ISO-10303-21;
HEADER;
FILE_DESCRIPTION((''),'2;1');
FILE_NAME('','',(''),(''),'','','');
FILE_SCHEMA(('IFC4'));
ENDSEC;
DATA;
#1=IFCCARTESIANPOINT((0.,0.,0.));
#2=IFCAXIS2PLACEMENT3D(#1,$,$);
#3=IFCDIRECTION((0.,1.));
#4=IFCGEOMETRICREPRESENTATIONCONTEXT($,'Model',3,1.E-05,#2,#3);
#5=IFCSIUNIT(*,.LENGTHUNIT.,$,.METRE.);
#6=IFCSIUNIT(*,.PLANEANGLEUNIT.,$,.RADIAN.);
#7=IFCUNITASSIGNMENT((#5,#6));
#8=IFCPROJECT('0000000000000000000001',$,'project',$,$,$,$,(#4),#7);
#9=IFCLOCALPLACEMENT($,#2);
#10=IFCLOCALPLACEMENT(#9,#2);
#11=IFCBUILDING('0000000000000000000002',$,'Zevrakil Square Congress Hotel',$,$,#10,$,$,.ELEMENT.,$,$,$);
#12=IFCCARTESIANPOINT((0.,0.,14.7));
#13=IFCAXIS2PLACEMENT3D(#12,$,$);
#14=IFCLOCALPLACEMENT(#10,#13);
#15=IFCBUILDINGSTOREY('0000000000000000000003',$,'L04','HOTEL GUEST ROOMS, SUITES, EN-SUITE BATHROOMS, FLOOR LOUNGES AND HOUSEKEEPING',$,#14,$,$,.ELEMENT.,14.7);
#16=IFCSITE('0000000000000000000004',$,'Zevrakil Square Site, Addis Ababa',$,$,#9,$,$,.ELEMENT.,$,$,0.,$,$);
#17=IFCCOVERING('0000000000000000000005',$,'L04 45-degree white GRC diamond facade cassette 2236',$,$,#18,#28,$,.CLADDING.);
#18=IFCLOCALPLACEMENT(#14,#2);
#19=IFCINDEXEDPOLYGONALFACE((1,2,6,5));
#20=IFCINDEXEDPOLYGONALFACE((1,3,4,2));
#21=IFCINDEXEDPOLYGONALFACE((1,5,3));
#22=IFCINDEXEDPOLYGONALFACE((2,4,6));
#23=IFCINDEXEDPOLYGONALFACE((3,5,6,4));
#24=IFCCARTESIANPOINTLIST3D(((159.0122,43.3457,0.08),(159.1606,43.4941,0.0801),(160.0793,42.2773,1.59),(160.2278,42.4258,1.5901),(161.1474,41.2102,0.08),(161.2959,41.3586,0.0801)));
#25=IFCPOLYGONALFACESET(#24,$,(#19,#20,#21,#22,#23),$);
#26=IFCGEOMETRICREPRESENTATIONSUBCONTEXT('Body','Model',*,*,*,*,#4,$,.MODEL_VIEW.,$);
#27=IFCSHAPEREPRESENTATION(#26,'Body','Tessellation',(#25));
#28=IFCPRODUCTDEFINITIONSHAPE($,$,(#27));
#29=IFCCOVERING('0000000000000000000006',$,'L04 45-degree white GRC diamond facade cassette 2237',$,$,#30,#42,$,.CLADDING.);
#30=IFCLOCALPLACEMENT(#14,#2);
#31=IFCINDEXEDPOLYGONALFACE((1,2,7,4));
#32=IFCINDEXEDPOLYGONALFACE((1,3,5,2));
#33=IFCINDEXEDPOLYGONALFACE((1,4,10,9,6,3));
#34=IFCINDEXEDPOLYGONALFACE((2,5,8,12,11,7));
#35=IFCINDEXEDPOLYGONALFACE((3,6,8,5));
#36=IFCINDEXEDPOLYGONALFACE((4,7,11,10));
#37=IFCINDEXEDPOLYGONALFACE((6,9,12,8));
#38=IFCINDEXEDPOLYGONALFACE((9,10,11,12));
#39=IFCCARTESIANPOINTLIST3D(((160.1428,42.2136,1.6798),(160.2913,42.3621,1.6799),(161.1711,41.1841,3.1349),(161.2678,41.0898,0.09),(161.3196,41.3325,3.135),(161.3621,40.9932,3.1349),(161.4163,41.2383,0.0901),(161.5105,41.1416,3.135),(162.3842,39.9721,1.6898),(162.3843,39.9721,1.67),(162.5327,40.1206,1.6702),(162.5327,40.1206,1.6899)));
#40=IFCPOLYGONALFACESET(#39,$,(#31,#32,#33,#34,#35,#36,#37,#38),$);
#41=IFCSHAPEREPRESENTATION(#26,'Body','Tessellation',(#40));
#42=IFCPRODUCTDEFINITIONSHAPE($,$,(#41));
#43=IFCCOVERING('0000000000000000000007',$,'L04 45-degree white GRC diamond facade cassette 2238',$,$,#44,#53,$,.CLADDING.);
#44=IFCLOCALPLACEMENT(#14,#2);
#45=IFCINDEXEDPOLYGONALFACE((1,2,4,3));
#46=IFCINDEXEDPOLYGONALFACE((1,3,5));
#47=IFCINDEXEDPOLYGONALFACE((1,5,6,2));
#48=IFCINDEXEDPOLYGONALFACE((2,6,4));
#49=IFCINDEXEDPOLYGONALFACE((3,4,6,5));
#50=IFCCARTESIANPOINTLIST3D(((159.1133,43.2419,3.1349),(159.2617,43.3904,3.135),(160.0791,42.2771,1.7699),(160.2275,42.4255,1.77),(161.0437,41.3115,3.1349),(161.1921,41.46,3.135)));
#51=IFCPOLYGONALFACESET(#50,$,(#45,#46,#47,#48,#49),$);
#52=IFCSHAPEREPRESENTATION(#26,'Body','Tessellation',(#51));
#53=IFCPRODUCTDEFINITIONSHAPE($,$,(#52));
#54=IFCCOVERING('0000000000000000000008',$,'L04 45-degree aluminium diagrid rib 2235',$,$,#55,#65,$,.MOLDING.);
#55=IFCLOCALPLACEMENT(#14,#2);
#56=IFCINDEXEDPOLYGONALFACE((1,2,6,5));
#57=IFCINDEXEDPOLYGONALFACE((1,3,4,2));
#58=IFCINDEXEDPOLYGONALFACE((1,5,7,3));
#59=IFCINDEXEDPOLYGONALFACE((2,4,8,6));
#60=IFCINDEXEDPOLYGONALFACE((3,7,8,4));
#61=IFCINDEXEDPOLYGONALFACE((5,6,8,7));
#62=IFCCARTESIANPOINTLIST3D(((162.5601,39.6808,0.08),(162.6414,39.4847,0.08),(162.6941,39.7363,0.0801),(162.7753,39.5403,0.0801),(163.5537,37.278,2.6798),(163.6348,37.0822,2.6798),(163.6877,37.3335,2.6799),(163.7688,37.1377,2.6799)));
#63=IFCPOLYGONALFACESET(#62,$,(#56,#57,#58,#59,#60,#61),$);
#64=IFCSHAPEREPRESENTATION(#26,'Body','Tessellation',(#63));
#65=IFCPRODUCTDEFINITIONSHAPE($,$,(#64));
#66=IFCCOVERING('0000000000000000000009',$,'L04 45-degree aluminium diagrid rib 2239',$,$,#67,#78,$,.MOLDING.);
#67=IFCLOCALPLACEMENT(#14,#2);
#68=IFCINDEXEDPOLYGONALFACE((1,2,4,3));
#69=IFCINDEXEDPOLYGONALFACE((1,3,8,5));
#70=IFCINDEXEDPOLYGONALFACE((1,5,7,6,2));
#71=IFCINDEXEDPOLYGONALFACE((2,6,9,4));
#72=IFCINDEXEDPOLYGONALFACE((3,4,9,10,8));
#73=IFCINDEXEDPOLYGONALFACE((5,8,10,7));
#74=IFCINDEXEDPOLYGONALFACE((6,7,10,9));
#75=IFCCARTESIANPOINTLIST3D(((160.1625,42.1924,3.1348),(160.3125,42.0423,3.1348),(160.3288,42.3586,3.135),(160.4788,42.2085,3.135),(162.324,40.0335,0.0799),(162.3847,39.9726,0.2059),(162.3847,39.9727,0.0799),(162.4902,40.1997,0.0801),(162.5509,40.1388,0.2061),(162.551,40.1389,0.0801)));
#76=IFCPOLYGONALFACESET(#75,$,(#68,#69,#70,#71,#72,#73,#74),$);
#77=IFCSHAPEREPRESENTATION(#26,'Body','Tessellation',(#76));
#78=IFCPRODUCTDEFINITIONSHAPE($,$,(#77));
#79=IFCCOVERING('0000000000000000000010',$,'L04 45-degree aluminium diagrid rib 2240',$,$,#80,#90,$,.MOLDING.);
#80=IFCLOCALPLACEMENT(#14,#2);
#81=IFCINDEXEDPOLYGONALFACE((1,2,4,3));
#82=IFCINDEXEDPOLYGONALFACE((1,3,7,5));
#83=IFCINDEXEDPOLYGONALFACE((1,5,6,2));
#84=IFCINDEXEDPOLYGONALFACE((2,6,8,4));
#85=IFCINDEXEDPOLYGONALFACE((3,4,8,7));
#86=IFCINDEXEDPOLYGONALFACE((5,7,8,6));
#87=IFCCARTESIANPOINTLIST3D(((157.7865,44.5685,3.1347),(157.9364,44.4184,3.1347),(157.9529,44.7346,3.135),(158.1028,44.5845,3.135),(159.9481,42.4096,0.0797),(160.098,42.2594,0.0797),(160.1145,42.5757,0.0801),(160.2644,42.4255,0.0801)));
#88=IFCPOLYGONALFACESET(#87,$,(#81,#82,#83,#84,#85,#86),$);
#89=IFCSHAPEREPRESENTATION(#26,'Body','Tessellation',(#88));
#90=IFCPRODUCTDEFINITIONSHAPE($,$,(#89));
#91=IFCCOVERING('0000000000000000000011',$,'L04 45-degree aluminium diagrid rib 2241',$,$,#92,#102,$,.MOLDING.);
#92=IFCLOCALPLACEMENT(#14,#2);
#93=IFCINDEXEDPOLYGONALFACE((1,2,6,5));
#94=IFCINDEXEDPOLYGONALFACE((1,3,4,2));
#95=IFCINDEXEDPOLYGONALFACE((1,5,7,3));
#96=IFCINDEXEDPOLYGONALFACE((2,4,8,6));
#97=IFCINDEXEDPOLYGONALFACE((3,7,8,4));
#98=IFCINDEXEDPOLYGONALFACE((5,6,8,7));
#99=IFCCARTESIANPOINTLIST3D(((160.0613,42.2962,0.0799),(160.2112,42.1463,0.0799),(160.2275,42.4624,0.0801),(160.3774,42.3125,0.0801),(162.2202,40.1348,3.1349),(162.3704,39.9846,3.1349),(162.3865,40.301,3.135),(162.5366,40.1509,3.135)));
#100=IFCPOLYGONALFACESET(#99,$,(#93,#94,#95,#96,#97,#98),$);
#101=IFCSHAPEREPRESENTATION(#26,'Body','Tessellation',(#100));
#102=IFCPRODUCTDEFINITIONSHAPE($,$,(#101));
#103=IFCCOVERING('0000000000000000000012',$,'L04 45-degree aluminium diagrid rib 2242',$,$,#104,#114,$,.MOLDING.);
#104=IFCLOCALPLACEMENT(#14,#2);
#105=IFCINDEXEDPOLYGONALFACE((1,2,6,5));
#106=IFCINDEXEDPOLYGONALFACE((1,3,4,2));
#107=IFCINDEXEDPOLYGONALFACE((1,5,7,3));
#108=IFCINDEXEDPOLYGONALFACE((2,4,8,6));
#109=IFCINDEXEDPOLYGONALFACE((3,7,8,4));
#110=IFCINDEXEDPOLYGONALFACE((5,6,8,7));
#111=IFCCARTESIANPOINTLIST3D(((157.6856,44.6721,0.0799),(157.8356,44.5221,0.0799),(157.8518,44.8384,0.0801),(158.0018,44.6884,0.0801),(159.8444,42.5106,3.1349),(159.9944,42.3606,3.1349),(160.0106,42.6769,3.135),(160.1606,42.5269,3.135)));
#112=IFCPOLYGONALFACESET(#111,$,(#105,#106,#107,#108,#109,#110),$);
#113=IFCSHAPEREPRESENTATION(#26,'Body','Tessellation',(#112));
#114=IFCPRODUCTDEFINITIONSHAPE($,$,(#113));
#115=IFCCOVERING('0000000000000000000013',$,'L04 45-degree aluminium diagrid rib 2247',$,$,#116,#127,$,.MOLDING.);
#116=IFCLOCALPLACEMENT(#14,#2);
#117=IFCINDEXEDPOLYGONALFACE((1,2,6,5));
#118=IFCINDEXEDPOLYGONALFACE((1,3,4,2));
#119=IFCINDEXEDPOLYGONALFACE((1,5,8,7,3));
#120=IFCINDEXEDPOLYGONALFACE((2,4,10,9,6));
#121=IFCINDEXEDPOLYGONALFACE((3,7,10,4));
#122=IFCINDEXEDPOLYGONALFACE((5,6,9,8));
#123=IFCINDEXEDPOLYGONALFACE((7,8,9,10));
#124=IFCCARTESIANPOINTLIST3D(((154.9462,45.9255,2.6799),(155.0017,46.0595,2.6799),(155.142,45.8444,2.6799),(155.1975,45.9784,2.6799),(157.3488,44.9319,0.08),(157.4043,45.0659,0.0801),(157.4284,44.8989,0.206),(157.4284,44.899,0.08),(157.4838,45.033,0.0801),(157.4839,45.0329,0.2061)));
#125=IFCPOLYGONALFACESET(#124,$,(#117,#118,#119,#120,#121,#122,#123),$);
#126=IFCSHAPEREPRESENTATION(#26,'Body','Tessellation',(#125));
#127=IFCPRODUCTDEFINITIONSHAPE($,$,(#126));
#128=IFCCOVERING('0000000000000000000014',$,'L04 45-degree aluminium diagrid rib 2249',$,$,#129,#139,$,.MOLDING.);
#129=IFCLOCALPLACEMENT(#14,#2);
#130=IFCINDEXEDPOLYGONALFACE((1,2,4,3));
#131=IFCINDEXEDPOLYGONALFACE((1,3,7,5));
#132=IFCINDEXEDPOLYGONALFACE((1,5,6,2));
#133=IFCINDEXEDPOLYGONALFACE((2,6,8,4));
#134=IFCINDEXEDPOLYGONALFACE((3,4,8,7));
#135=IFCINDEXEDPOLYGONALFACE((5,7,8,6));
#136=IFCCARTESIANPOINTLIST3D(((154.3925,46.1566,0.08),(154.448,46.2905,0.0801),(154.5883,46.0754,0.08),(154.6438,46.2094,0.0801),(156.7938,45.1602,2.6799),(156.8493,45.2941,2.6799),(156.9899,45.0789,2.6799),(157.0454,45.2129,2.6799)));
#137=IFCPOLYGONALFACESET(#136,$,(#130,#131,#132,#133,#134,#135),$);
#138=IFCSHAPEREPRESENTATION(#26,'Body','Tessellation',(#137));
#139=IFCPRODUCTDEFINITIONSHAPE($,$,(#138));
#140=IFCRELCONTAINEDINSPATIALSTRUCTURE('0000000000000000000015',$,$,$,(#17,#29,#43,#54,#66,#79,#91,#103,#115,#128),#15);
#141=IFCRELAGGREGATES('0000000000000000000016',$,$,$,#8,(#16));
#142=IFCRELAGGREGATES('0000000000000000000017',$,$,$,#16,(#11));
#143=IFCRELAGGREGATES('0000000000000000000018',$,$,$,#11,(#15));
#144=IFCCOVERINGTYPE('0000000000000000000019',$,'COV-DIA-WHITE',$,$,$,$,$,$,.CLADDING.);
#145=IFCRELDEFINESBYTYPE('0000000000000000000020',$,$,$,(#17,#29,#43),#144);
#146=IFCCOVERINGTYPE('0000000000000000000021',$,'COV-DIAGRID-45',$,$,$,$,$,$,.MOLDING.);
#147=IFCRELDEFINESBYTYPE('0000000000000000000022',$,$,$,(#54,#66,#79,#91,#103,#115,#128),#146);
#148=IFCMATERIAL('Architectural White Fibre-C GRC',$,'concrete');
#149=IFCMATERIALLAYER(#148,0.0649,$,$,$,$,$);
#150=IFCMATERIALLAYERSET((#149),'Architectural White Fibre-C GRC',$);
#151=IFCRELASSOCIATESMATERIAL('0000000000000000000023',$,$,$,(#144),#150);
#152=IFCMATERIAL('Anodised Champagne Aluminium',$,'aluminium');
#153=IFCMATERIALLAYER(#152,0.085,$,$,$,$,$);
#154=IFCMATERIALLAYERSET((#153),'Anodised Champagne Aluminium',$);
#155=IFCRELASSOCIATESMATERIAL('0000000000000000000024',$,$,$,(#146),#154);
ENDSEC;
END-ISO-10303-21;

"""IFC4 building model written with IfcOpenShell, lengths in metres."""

from ifc_helpers import new_model, si_unit, direction, frame, origin, place, context, subcontext, project, spatial, polyline, outline, extrude, material, layer, layer_set, type_object, element, save


model = new_model("IFC4")

# Units and contexts
model_context = context("Model", 3, precision=1e-05, world=origin(), true_north=direction((0.0, 1.0)))
body_context = subcontext(model_context, "Body", "Model", "MODEL_VIEW")
ifc_project = project(units=[si_unit("LENGTHUNIT", "METRE"), si_unit("PLANEANGLEUNIT", "RADIAN")], contexts=[model_context])

# Site, building, storey
site_placement = place(None, origin())
site = spatial("IfcSite", under=ifc_project, at=site_placement, Name="Zevrakil Square Site, Addis Ababa", CompositionType="ELEMENT", RefElevation=0.0)
building_placement = place(site_placement, origin())
building = spatial("IfcBuilding", under=site, at=building_placement, Name="Zevrakil Square Congress Hotel", CompositionType="ELEMENT")
storey_placement = place(building_placement, frame((0.0, 0.0, 14.7)))
storey = spatial("IfcBuildingStorey", under=building, at=storey_placement, Name="L04", Description="HOTEL GUEST ROOMS, SUITES, EN-SUITE BATHROOMS, FLOOR LOUNGES AND HOUSEKEEPING", CompositionType="ELEMENT", Elevation=14.7)

# Coverings
ifc_material_1 = material(Name="Architectural White Fibre-C GRC", Category="concrete")
ifc_layer_1 = layer(ifc_material_1, 0.0649)
ifc_layer_set_1 = layer_set([ifc_layer_1], Name="Architectural White Fibre-C GRC")
covering_type_1 = type_object("IfcCoveringType", Name="COV-DIA-WHITE", PredefinedType="CLADDING", material=ifc_layer_set_1)
covering_1_placement = place(storey_placement, frame((160.2278, 42.4258, 1.5901), z_axis=(0.707147, 0.707066, 0.000514), x_axis=(-0.499717, 0.500288, -0.707103)))
element("IfcCovering", 1, at=covering_1_placement, inside=storey, type_object=covering_type_1, Name="L04 45-degree white GRC diamond facade cassette 2236", PredefinedType="CLADDING", context=body_context, shape_type="SweptSolid", body=[
    extrude(outline(polyline([(0.0, 0.0), (2.1355, 0.0), (0.0001, -2.1354), (0.0, 0.0)])), origin(), (0.0, 0.0, -1.0), 0.21),
])
covering_2_placement = place(storey_placement, frame((160.2913, 42.3621, 1.6799), z_axis=(0.707107, 0.707107, 0.000566), x_axis=(0.500328, -0.499761, -0.707044)))
element("IfcCovering", 2, at=covering_2_placement, inside=storey, type_object=covering_type_1, Name="L04 45-degree white GRC diamond facade cassette 2237", PredefinedType="CLADDING", context=body_context, shape_type="SweptSolid", body=[
    extrude(outline(polyline([(0.0, 0.0), (2.2486, 0.0), (2.2486, -2.2343), (2.2346, -2.2483), (0.1912, -2.2487), (0.0002, -2.0578), (0.0, 0.0)])), origin(), (0.0, 0.0, -1.0), 0.21),
])
covering_3_placement = place(storey_placement, frame((160.2275, 42.4255, 1.77), z_axis=(0.707107, 0.707107, 0.000506), x_axis=(0.49972, -0.500225, 0.707146)))
element("IfcCovering", 3, at=covering_3_placement, inside=storey, type_object=covering_type_1, Name="L04 45-degree white GRC diamond facade cassette 2238", PredefinedType="CLADDING", context=body_context, shape_type="SweptSolid", body=[
    extrude(outline(polyline([(0.0, 0.0), (1.9303, 0.0), (0.0, -1.9305), (0.0, 0.0)])), origin(), (0.0, 0.0, -1.0), 0.21),
])
ifc_material_2 = material(Name="Anodised Champagne Aluminium", Category="aluminium")
ifc_layer_2 = layer(ifc_material_2, 0.085)
ifc_layer_set_2 = layer_set([ifc_layer_2], Name="Anodised Champagne Aluminium")
covering_type_2 = type_object("IfcCoveringType", Name="COV-DIAGRID-45", PredefinedType="MOLDING", material=ifc_layer_set_2)
covering_4_placement = place(storey_placement, frame((163.7688, 37.1377, 2.6799), z_axis=(0.923841, 0.382775, 0.000705), x_axis=(-0.382775, 0.923841, 0.0)))
element("IfcCovering", 4, at=covering_4_placement, inside=storey, type_object=covering_type_2, Name="L04 45-degree aluminium diagrid rib 2235", PredefinedType="MOLDING", context=body_context, shape_type="SweptSolid", body=[
    extrude(outline(polyline([(0.0, 0.0), (0.2119, 0.0), (2.8121, -2.5999), (2.5999, -2.5999), (0.0, 0.0)])), origin(), (0.0, 0.0, -1.0), 0.145),
])
covering_5_placement = place(storey_placement, frame((162.4902, 40.1997, 0.0801), z_axis=(0.707266, 0.706947, 0.000826), x_axis=(0.706948, -0.707266, 0.0)))
element("IfcCovering", 5, at=covering_5_placement, inside=storey, type_object=covering_type_2, Name="L04 45-degree aluminium diagrid rib 2239", PredefinedType="MOLDING", context=body_context, shape_type="SweptSolid", body=[
    extrude(outline(polyline([(0.0, 0.0), (0.086, 0.0), (0.086, -0.126), (-2.8428, -3.0549), (-3.0549, -3.0549), (0.0, 0.0)])), origin(), (0.0, 0.0, -1.0), 0.2351),
])
covering_6_placement = place(storey_placement, frame((160.1145, 42.5757, 0.0801), z_axis=(0.707681, 0.70653, 0.001435), x_axis=(0.706531, -0.707682, 0.0)))
element("IfcCovering", 6, at=covering_6_placement, inside=storey, type_object=covering_type_2, Name="L04 45-degree aluminium diagrid rib 2240", PredefinedType="MOLDING", context=body_context, shape_type="SweptSolid", body=[
    extrude(outline(polyline([(0.0, 0.0), (0.2122, 0.0), (-2.8429, -3.0549), (-3.0551, -3.0549), (0.0, 0.0)])), origin(), (0.0, 0.0, -1.0), 0.2351),
])
covering_7_placement = place(storey_placement, frame((162.5366, 40.1509, 3.135), z_axis=(0.707107, 0.707107, 0.000565), x_axis=(-0.707107, 0.707107, 0.0)))
element("IfcCovering", 7, at=covering_7_placement, inside=storey, type_object=covering_type_2, Name="L04 45-degree aluminium diagrid rib 2241", PredefinedType="MOLDING", context=body_context, shape_type="SweptSolid", body=[
    extrude(outline(polyline([(0.0, 0.0), (0.2123, 0.0), (3.2673, -3.0549), (3.0553, -3.0549), (0.0, 0.0)])), origin(), (0.0, 0.0, -1.0), 0.2351),
])
covering_8_placement = place(storey_placement, frame((160.1606, 42.5269, 3.135), z_axis=(0.707107, 0.707107, 0.000622), x_axis=(-0.707107, 0.707107, 0.000001)))
element("IfcCovering", 8, at=covering_8_placement, inside=storey, type_object=covering_type_2, Name="L04 45-degree aluminium diagrid rib 2242", PredefinedType="MOLDING", context=body_context, shape_type="SweptSolid", body=[
    extrude(outline(polyline([(0.0, 0.0), (0.2122, 0.0), (3.2671, -3.0549), (3.0549, -3.0549), (0.0, 0.0)])), origin(), (0.0, 0.0, -1.0), 0.2351),
])
covering_9_placement = place(storey_placement, frame((157.4043, 45.0659, 0.0801), z_axis=(0.382395, 0.923999, 0.000278), x_axis=(0.923999, -0.382396, -0.000001)))
element("IfcCovering", 9, at=covering_9_placement, inside=storey, type_object=covering_type_2, Name="L04 45-degree aluminium diagrid rib 2247", PredefinedType="MOLDING", context=body_context, shape_type="SweptSolid", body=[
    extrude(outline(polyline([(0.0, 0.0), (0.0861, 0.0), (0.0861, -0.126), (-2.388, -2.5999), (-2.6, -2.5999), (0.0, 0.0)])), origin(), (0.0, 0.0, -1.0), 0.145),
])
covering_10_placement = place(storey_placement, frame((157.0454, 45.2129, 2.6799), z_axis=(0.382775, 0.923841, 0.000515), x_axis=(-0.923841, 0.382775, 0.0)))
element("IfcCovering", 10, at=covering_10_placement, inside=storey, type_object=covering_type_2, Name="L04 45-degree aluminium diagrid rib 2249", PredefinedType="MOLDING", context=body_context, shape_type="SweptSolid", body=[
    extrude(outline(polyline([(0.0, 0.0), (0.2122, 0.0), (2.8121, -2.5999), (2.6002, -2.5999), (0.0, 0.0)])), origin(), (0.0, 0.0, -1.0), 0.145),
])

save(model, "model.ifc")
